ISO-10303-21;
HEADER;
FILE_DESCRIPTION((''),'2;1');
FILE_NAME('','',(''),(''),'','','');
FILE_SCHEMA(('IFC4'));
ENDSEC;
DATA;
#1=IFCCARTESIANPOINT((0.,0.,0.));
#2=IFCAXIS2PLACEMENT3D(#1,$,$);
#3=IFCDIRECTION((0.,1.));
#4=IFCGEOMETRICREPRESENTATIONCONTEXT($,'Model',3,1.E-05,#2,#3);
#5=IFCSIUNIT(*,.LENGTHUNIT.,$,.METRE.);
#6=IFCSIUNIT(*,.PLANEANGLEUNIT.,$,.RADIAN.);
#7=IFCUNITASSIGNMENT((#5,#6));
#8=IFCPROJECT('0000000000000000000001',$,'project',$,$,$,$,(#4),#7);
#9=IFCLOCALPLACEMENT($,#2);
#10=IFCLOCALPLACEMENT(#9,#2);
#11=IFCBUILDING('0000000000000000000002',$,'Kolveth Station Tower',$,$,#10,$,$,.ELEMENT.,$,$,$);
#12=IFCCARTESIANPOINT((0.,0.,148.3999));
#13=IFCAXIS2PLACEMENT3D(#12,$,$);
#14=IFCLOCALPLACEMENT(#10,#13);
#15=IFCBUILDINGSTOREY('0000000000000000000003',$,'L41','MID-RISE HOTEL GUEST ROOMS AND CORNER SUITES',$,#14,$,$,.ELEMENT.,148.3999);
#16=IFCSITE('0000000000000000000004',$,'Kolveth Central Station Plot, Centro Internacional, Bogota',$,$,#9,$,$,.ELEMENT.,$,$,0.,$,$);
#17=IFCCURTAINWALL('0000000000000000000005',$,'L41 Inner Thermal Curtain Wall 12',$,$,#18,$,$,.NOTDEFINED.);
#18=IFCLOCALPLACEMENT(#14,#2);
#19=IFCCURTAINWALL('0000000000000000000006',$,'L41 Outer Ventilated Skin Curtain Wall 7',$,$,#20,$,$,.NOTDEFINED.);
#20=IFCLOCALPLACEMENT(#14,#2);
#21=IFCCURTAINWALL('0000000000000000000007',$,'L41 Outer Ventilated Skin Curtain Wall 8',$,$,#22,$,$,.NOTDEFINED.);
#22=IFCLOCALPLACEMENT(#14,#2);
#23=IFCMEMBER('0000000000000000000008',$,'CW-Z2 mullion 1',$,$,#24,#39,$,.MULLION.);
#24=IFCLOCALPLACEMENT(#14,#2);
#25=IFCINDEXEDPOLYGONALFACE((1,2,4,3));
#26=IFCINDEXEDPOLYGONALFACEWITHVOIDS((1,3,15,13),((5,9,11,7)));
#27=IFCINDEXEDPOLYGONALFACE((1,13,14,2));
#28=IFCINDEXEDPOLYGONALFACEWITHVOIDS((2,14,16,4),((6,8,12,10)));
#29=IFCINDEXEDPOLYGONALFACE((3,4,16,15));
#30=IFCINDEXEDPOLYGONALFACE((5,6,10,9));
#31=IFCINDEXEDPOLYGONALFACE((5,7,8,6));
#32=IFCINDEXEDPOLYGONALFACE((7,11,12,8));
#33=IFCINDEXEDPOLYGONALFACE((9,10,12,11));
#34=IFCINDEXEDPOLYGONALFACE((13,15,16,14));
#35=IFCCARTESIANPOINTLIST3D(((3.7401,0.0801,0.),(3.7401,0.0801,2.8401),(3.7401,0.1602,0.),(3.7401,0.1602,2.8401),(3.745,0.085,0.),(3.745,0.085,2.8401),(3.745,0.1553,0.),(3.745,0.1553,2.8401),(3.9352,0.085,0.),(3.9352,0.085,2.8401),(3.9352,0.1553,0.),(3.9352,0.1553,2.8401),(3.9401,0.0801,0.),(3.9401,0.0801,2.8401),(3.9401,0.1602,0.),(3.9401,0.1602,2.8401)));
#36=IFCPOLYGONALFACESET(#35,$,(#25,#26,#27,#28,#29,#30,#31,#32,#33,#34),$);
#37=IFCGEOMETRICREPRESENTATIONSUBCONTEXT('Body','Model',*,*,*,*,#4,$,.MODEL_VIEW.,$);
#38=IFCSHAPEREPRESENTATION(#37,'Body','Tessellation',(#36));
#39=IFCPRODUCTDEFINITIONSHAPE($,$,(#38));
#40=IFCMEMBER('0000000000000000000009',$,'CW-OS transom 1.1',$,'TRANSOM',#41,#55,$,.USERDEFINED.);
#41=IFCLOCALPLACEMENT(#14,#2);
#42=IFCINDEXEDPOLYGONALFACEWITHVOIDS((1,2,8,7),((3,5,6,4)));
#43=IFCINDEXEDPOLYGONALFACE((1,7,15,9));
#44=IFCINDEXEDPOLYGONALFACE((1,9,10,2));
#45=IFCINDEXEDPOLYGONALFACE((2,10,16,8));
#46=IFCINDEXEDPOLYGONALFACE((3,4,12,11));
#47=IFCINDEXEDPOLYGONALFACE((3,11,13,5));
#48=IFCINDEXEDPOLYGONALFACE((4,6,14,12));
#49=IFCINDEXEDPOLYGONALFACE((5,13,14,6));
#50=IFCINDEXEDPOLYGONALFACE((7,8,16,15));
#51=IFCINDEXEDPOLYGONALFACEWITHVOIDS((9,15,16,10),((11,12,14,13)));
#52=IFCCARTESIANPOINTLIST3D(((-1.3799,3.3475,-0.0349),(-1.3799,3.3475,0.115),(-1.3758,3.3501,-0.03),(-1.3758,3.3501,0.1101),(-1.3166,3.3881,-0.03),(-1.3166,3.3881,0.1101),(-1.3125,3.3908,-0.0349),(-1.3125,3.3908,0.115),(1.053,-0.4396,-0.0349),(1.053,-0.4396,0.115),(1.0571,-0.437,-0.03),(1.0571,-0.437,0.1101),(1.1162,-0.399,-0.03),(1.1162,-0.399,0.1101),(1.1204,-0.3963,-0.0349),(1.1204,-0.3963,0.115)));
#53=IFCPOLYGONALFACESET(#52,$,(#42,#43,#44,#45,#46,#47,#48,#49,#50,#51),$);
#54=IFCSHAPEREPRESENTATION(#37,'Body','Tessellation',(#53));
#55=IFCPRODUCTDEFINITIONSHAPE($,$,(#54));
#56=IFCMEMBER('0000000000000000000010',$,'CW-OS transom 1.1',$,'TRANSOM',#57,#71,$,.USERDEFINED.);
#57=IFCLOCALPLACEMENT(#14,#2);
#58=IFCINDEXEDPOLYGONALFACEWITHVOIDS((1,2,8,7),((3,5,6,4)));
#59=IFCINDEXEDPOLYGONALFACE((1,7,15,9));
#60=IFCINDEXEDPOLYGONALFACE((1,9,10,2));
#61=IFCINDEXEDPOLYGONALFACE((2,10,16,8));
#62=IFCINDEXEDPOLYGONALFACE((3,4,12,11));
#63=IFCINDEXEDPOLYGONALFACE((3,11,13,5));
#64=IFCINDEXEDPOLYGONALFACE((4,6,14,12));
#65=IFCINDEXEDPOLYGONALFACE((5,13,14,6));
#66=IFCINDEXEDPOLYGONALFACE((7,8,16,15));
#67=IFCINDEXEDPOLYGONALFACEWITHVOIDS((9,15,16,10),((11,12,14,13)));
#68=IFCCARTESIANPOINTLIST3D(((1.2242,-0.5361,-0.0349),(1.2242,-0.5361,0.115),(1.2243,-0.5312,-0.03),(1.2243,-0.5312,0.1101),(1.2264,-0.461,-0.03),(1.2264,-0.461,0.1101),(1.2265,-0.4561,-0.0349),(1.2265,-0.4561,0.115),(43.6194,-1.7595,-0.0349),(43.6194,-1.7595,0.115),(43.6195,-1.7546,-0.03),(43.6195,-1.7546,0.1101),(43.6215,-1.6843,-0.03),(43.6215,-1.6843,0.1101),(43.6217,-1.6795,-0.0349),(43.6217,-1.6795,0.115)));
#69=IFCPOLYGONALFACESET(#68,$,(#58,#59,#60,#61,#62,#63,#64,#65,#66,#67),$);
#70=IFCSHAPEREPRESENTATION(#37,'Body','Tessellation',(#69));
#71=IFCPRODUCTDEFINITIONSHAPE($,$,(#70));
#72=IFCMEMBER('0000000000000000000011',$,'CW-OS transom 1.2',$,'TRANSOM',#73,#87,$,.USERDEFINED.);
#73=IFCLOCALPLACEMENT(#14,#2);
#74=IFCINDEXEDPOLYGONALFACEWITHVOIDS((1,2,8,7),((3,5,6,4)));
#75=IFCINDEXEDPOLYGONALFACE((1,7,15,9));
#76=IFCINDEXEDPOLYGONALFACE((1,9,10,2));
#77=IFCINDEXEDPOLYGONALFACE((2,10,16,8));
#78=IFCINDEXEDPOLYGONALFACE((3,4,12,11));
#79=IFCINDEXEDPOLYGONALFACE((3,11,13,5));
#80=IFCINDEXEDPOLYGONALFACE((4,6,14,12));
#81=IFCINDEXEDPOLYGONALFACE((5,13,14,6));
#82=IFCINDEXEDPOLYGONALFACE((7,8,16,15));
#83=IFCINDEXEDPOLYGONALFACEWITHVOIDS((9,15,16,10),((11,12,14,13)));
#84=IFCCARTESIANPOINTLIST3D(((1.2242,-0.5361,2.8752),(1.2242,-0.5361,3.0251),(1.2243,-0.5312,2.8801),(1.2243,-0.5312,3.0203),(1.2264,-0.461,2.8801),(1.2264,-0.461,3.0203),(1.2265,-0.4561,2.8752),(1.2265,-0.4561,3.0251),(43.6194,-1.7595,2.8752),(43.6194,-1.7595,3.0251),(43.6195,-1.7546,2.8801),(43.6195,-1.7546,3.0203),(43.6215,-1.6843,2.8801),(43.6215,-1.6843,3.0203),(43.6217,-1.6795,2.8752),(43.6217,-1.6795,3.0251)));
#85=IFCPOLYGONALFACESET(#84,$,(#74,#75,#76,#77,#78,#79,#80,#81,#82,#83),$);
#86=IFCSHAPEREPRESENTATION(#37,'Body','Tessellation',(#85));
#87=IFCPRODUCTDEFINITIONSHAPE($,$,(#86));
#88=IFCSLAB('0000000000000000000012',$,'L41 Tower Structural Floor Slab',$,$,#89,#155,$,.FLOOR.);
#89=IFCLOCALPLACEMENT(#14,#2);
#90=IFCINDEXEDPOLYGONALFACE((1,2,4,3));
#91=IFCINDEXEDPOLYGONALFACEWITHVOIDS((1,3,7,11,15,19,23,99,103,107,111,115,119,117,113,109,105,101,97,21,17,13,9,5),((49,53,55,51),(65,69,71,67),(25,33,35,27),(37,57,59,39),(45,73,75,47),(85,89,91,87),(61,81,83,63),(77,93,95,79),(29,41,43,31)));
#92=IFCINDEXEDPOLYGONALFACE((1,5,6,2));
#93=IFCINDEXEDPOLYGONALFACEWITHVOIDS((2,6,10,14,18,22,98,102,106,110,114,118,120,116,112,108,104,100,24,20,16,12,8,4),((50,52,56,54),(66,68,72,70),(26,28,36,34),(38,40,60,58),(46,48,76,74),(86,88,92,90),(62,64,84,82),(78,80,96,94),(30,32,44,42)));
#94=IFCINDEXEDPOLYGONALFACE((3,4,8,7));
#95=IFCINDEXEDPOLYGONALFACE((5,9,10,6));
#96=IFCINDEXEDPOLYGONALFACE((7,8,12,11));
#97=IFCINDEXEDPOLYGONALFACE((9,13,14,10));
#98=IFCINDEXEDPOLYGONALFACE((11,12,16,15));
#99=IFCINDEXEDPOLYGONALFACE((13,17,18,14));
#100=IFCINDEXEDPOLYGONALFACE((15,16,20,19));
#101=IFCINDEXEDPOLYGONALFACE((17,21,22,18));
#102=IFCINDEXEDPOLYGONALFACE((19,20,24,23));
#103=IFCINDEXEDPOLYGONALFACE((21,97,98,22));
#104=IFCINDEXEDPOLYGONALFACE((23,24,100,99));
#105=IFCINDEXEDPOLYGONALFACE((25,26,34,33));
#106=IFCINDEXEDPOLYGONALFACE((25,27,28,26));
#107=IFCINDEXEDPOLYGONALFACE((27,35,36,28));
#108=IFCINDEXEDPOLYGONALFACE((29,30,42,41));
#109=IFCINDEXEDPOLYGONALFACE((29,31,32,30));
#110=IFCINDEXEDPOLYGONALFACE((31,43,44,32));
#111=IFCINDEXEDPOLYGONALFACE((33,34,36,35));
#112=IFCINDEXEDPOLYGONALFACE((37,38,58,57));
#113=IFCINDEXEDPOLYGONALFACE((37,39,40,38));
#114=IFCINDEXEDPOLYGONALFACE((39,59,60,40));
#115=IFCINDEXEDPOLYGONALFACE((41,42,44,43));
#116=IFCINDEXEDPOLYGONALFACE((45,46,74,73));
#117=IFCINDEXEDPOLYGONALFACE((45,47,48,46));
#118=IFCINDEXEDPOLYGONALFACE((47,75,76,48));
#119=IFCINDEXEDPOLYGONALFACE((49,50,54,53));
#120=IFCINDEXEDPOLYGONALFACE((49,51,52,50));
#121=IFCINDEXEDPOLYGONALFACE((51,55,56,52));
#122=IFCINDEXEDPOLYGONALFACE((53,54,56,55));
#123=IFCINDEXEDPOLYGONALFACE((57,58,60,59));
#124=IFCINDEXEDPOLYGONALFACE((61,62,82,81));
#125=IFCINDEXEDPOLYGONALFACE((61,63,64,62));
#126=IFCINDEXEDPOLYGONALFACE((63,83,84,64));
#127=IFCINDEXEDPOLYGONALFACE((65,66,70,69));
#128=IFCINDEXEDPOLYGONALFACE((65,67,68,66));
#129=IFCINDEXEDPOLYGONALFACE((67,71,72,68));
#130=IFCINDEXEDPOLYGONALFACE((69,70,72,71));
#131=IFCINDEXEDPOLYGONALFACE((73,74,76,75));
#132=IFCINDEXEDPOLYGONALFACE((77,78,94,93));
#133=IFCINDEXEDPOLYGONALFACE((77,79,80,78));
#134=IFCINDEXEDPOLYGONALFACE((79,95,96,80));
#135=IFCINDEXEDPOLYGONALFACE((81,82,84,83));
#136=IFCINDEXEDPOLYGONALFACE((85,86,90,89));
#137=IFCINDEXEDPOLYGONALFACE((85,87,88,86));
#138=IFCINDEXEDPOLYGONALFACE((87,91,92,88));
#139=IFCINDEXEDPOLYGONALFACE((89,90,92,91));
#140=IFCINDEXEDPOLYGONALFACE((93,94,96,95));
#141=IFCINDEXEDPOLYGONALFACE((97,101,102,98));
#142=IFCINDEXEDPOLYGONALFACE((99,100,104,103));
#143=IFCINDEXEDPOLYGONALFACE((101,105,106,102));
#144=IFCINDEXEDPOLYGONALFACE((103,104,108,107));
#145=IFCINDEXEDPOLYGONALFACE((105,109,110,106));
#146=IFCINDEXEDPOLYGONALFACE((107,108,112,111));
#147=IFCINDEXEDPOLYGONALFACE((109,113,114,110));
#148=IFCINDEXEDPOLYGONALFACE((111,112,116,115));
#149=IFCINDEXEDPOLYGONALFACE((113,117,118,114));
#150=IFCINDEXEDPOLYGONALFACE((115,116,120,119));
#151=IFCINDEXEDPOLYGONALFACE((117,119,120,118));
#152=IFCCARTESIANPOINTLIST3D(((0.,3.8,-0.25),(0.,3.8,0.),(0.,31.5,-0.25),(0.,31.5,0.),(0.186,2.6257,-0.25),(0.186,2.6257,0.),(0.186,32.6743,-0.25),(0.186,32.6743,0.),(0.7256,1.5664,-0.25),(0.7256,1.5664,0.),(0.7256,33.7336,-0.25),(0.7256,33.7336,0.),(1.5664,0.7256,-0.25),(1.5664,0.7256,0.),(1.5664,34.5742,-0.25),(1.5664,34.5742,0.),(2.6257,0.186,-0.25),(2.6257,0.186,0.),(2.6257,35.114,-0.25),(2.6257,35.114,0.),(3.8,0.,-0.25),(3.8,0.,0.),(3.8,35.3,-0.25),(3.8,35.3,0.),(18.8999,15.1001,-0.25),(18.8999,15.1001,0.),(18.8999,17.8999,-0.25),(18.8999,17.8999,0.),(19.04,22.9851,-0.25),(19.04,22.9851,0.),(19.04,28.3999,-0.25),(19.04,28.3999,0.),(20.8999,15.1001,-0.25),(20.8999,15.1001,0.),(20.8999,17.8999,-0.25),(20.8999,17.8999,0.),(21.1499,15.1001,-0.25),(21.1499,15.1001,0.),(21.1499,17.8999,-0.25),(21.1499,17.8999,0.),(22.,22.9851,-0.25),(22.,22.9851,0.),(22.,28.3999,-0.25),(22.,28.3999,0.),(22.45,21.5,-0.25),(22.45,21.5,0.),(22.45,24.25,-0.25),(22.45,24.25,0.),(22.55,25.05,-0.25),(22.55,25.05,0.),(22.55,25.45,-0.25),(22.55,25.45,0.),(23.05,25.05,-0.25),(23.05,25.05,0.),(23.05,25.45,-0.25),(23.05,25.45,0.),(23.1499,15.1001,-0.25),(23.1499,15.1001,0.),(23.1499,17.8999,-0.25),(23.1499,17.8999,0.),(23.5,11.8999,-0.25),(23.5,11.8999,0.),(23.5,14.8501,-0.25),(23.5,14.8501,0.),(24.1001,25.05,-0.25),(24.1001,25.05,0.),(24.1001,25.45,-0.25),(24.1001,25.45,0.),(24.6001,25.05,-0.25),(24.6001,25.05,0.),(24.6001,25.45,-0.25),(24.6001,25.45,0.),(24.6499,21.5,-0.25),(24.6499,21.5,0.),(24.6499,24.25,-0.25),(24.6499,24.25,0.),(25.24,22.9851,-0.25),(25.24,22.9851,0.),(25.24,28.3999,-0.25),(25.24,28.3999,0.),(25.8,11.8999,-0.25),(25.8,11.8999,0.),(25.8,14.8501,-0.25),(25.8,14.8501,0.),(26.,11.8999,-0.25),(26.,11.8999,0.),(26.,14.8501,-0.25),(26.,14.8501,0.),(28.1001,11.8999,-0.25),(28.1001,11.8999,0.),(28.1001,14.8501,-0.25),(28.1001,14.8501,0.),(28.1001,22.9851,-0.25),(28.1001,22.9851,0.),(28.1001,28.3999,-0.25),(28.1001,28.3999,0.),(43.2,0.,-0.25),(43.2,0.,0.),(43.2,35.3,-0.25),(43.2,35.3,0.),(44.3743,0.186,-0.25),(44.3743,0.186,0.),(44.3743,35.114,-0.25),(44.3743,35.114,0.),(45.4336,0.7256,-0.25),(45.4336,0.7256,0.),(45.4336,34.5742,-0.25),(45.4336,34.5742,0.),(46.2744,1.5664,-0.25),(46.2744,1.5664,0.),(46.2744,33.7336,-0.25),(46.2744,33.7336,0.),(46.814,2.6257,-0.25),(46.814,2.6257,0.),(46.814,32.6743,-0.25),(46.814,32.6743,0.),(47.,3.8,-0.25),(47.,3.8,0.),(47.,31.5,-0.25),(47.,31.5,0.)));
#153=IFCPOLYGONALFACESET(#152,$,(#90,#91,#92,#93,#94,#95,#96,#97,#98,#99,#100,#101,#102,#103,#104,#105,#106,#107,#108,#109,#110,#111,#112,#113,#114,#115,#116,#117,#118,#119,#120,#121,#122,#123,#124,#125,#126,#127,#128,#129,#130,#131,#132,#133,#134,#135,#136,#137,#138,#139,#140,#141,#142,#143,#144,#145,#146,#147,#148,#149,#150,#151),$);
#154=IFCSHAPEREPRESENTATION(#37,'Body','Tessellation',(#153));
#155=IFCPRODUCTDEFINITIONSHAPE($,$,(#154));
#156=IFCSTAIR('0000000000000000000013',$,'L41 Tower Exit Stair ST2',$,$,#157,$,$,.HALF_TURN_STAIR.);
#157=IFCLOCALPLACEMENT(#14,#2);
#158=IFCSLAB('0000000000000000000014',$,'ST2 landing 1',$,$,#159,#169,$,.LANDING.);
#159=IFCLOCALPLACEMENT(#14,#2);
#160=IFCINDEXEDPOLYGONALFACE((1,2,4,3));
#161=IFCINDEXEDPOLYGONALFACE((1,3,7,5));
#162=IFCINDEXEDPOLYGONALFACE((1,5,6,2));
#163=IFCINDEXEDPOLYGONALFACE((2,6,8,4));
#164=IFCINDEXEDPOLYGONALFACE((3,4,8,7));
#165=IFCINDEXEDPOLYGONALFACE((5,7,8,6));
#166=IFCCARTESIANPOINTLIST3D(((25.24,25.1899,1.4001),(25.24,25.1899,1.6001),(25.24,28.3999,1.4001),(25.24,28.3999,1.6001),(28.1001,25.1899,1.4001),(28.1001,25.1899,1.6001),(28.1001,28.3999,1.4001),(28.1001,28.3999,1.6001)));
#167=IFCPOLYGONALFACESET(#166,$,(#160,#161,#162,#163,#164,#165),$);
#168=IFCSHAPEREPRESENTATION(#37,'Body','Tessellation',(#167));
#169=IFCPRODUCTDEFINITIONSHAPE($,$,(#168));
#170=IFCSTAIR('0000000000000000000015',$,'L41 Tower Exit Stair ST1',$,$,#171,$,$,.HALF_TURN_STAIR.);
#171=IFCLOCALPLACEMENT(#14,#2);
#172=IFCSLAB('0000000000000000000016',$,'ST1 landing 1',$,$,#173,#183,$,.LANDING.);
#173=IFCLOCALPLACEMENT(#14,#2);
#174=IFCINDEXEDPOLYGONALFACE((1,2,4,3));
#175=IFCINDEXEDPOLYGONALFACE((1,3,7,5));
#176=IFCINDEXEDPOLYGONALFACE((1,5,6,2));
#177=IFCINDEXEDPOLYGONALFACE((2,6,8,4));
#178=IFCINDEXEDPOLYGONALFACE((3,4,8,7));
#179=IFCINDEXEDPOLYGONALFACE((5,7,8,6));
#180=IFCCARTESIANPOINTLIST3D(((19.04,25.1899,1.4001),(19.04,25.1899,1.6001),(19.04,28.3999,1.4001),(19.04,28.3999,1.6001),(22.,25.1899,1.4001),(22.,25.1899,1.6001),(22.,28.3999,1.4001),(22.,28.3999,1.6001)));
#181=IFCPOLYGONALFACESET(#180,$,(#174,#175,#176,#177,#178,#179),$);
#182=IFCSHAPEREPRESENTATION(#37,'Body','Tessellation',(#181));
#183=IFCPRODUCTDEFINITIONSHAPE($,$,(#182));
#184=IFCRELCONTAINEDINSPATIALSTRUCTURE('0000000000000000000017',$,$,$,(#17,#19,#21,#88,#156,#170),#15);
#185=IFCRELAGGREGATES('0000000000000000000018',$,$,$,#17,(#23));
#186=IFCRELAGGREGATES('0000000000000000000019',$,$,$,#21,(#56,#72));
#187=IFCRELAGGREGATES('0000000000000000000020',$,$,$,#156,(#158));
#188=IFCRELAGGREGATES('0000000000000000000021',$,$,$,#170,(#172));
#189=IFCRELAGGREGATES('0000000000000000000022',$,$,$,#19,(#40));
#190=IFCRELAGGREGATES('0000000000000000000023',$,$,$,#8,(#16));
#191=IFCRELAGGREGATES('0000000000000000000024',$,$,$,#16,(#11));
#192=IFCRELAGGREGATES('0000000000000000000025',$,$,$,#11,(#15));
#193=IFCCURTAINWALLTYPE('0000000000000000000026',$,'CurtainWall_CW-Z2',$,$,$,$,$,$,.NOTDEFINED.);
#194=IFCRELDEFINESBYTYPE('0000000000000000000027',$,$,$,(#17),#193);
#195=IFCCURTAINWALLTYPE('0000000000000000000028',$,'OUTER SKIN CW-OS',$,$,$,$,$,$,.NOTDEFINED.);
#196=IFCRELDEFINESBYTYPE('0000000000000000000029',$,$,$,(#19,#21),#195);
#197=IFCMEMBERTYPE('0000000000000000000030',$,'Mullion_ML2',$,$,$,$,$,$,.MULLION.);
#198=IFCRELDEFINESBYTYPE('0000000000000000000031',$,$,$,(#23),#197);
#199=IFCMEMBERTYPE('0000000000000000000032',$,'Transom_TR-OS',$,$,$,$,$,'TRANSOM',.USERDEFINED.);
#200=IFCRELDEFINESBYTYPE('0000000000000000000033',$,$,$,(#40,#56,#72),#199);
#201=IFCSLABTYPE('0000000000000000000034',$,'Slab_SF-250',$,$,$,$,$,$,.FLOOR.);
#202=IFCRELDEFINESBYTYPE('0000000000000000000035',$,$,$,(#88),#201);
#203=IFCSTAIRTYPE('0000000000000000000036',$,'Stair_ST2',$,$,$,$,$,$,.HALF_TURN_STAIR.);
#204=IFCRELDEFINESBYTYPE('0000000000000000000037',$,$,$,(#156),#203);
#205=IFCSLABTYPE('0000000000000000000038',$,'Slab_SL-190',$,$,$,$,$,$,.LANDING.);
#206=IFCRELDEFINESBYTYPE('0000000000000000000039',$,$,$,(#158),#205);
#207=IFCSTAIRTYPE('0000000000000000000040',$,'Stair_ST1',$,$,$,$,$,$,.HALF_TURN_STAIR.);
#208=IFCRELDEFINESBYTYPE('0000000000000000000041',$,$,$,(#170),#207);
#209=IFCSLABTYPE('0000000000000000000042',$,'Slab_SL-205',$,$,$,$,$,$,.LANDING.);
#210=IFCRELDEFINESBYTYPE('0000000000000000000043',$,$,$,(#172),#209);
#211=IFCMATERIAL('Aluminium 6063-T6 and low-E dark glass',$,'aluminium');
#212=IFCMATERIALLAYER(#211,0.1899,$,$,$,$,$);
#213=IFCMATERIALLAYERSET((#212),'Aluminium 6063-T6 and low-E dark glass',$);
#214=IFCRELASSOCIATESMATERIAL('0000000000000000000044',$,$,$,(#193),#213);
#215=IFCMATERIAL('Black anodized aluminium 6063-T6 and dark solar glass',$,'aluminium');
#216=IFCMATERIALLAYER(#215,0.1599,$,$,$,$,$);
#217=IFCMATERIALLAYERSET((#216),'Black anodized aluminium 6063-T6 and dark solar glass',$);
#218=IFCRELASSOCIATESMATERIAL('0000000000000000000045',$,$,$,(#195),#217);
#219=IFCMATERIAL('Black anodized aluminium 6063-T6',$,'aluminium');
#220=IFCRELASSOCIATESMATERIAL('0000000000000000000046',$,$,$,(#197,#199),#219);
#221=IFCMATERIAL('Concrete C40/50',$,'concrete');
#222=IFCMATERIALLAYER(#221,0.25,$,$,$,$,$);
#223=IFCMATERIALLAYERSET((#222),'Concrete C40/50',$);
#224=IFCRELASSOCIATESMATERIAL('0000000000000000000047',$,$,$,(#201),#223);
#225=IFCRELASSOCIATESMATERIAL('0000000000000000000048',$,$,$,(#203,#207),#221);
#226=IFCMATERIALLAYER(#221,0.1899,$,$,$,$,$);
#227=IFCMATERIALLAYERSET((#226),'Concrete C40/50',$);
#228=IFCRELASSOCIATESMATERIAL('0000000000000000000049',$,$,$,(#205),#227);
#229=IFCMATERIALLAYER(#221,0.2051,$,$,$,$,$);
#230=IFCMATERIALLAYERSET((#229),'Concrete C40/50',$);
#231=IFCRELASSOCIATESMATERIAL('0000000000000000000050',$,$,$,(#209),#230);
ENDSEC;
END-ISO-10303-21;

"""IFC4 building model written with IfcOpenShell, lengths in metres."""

from ifc_helpers import new_model, si_unit, direction, frame, origin, origin_2d, place, context, subcontext, project, spatial, polyline, hollow_rectangle, outline, extrude, source, transform, mapped, material, layer, layer_set, material_profile, profile_set, type_object, element, aggregate, save


model = new_model("IFC4")

# Units and contexts
model_context = context("Model", 3, precision=1e-05, world=origin(), true_north=direction((0.0, 1.0)))
body_context = subcontext(model_context, "Body", "Model", "MODEL_VIEW")
ifc_project = project(units=[si_unit("LENGTHUNIT", "METRE"), si_unit("PLANEANGLEUNIT", "RADIAN")], contexts=[model_context])

# Site, building, storey
site_placement = place(None, origin())
site = spatial("IfcSite", under=ifc_project, at=site_placement, Name="Kolveth Central Station Plot, Centro Internacional, Bogota", CompositionType="ELEMENT", RefElevation=0.0)
building_placement = place(site_placement, origin())
building = spatial("IfcBuilding", under=site, at=building_placement, Name="Kolveth Station Tower", CompositionType="ELEMENT")
storey_placement = place(building_placement, frame((0.0, 0.0, 148.3999)))
storey = spatial("IfcBuildingStorey", under=building, at=storey_placement, Name="L41", Description="MID-RISE HOTEL GUEST ROOMS AND CORNER SUITES", CompositionType="ELEMENT", Elevation=148.3999)

# Curtain wall
ifc_material_1 = material(Name="Aluminium 6063-T6 and low-E dark glass", Category="aluminium")
ifc_layer_1 = layer(ifc_material_1, 0.1899)
ifc_layer_set_1 = layer_set([ifc_layer_1], Name="Aluminium 6063-T6 and low-E dark glass")
curtain_wall_type_1 = type_object("IfcCurtainWallType", Name="CurtainWall_CW-Z2", PredefinedType="NOTDEFINED", material=ifc_layer_set_1)
ifc_material_2 = material(Name="Black anodized aluminium 6063-T6", Category="aluminium")
curtain_wall_1_placement = place(storey_placement, origin())
curtain_wall_1 = element("IfcCurtainWall", 1, at=curtain_wall_1_placement, inside=storey, type_object=curtain_wall_type_1, Name="L41 Inner Thermal Curtain Wall 12", PredefinedType="NOTDEFINED")

# Curtain walls
ifc_material_3 = material(Name="Black anodized aluminium 6063-T6 and dark solar glass", Category="aluminium")
ifc_layer_2 = layer(ifc_material_3, 0.1599)
ifc_layer_set_2 = layer_set([ifc_layer_2], Name="Black anodized aluminium 6063-T6 and dark solar glass")
curtain_wall_type_2 = type_object("IfcCurtainWallType", Name="OUTER SKIN CW-OS", PredefinedType="NOTDEFINED", material=ifc_layer_set_2)
curtain_wall_2_placement = place(storey_placement, origin())
curtain_wall_2 = element("IfcCurtainWall", 2, at=curtain_wall_2_placement, inside=storey, type_object=curtain_wall_type_2, Name="L41 Outer Ventilated Skin Curtain Wall 7", PredefinedType="NOTDEFINED")
curtain_wall_3_placement = place(storey_placement, origin())
curtain_wall_3 = element("IfcCurtainWall", 3, at=curtain_wall_3_placement, inside=storey, type_object=curtain_wall_type_2, Name="L41 Outer Ventilated Skin Curtain Wall 8", PredefinedType="NOTDEFINED")
ifc_material_profile_1 = material_profile(ifc_material_2, hollow_rectangle(XDim=0.0801, YDim=0.2, WallThickness=0.0049, at=origin_2d()), Name="ALU-80x200x5")
ifc_profile_set_1 = profile_set([ifc_material_profile_1], Name="Black anodized aluminium 6063-T6")
member_type_1 = type_object("IfcMemberType", Name="Mullion_ML2", PredefinedType="MULLION", material=ifc_profile_set_1)
shared_shape_1 = source(origin(), body_context, "Body", "SweptSolid", [
    extrude(hollow_rectangle(XDim=0.0801, YDim=0.2, WallThickness=0.0049, at=origin_2d()), origin(), (0.0, 0.0, 1.0), 2.8401),
])

# Members
member_1_placement = place(storey_placement, frame((3.8401, 0.1201, 0.0), z_axis=(0.0, 0.0, 1.0), x_axis=(0.0, 1.0, 0.0)))
member_1 = element("IfcMember", 4, at=member_1_placement, type_object=member_type_1, Name="CW-Z2 mullion 1", PredefinedType="MULLION", context=body_context, shape_type="MappedRepresentation", body=[
    mapped(shared_shape_1, transform((0.0, 0.0, 0.0), x_axis=(1.0, 0.0, 0.0), y_axis=(0.0, 1.0, 0.0), z_axis=(0.0, 0.0, 1.0), scale=1.0)),
])
aggregate(curtain_wall_1, [member_1])
ifc_material_profile_2 = material_profile(ifc_material_2, hollow_rectangle(XDim=0.0801, YDim=0.1499, WallThickness=0.0049, at=origin_2d()), Name="ALU-80x150x5")
ifc_profile_set_2 = profile_set([ifc_material_profile_2], Name="Black anodized aluminium 6063-T6")
member_type_2 = type_object("IfcMemberType", Name="Transom_TR-OS", ElementType="TRANSOM", PredefinedType="USERDEFINED", material=ifc_profile_set_2)
shared_shape_2 = source(origin(), body_context, "Body", "SweptSolid", [
    extrude(hollow_rectangle(XDim=0.0801, YDim=0.1499, WallThickness=0.0049, at=origin_2d()), origin(), (0.0, 0.0, 1.0), 4.5012),
])
member_2_placement = place(storey_placement, frame((-1.3462, 3.3691, 0.04), z_axis=(0.540489, -0.841351, 0.0), x_axis=(0.841351, 0.540489, 0.0)))
member_2 = element("IfcMember", 5, at=member_2_placement, type_object=member_type_2, Name="CW-OS transom 1.1", ObjectType="TRANSOM", PredefinedType="USERDEFINED", context=body_context, shape_type="MappedRepresentation", body=[
    mapped(shared_shape_2, transform((0.0, 0.0, 0.0), x_axis=(1.0, 0.0, 0.0), y_axis=(0.0, 1.0, 0.0), z_axis=(0.0, 0.0, 1.0), scale=1.0)),
])
shared_shape_3 = source(origin(), body_context, "Body", "SweptSolid", [
    extrude(hollow_rectangle(XDim=0.0801, YDim=0.1499, WallThickness=0.0049, at=origin_2d()), origin(), (0.0, 0.0, 1.0), 42.4128),
])
member_3_placement = place(storey_placement, frame((1.2253, -0.4961, 0.04), z_axis=(0.999584, -0.028845, 0.0), x_axis=(0.028845, 0.999584, 0.0)))
member_3 = element("IfcMember", 6, at=member_3_placement, type_object=member_type_2, Name="CW-OS transom 1.1", ObjectType="TRANSOM", PredefinedType="USERDEFINED", context=body_context, shape_type="MappedRepresentation", body=[
    mapped(shared_shape_3, transform((0.0, 0.0, 0.0), x_axis=(1.0, 0.0, 0.0), y_axis=(0.0, 1.0, 0.0), z_axis=(0.0, 0.0, 1.0), scale=1.0)),
])
member_4_placement = place(storey_placement, frame((1.2253, -0.4961, 2.9502), z_axis=(0.999584, -0.028845, 0.0), x_axis=(0.028845, 0.999584, 0.0)))
member_4 = element("IfcMember", 7, at=member_4_placement, type_object=member_type_2, Name="CW-OS transom 1.2", ObjectType="TRANSOM", PredefinedType="USERDEFINED", context=body_context, shape_type="MappedRepresentation", body=[
    mapped(shared_shape_3, transform((0.0, 0.0, 0.0), x_axis=(1.0, 0.0, 0.0), y_axis=(0.0, 1.0, 0.0), z_axis=(0.0, 0.0, 1.0), scale=1.0)),
])
aggregate(curtain_wall_3, [member_3, member_4])

# Slab
ifc_material_4 = material(Name="Concrete C40/50", Category="concrete")
ifc_layer_3 = layer(ifc_material_4, 0.25)
ifc_layer_set_3 = layer_set([ifc_layer_3], Name="Concrete C40/50")
slab_type_1 = type_object("IfcSlabType", Name="Slab_SF-250", PredefinedType="FLOOR", material=ifc_layer_set_3)
slab_1_placement = place(storey_placement, frame((0.0, 0.0, -0.25)))
element("IfcSlab", 8, at=slab_1_placement, inside=storey, type_object=slab_type_1, Name="L41 Tower Structural Floor Slab", PredefinedType="FLOOR", context=body_context, shape_type="SweptSolid", body=[
    extrude(outline(polyline([(43.2, 0.0), (44.3743, 0.186), (45.4336, 0.7256), (46.2744, 1.5664), (46.814, 2.6257), (47.0, 3.8), (47.0, 31.5), (46.814, 32.6743), (46.2744, 33.7336), (45.4336, 34.5742), (44.3743, 35.114), (43.2, 35.3), (3.8, 35.3), (2.6257, 35.114), (1.5664, 34.5742), (0.7256, 33.7336), (0.186, 32.6743), (0.0, 31.5), (0.0, 3.8), (0.186, 2.6257), (0.7256, 1.5664), (1.5664, 0.7256), (2.6257, 0.186), (3.8, 0.0), (43.2, 0.0)]), holes=[polyline([(19.04, 22.9851), (22.0, 22.9851), (22.0, 28.3999), (19.04, 28.3999), (19.04, 22.9851)]), polyline([(25.24, 22.9851), (28.1001, 22.9851), (28.1001, 28.3999), (25.24, 28.3999), (25.24, 22.9851)]), polyline([(18.8999, 15.1001), (20.8999, 15.1001), (20.8999, 17.8999), (18.8999, 17.8999), (18.8999, 15.1001)]), polyline([(21.1499, 15.1001), (23.1499, 15.1001), (23.1499, 17.8999), (21.1499, 17.8999), (21.1499, 15.1001)]), polyline([(22.45, 21.5), (24.6499, 21.5), (24.6499, 24.25), (22.45, 24.25), (22.45, 21.5)]), polyline([(23.5, 11.8999), (25.8, 11.8999), (25.8, 14.8501), (23.5, 14.8501), (23.5, 11.8999)]), polyline([(26.0, 11.8999), (28.1001, 11.8999), (28.1001, 14.8501), (26.0, 14.8501), (26.0, 11.8999)]), polyline([(22.55, 25.05), (23.05, 25.05), (23.05, 25.45), (22.55, 25.45), (22.55, 25.05)]), polyline([(24.1001, 25.05), (24.6001, 25.05), (24.6001, 25.45), (24.1001, 25.45), (24.1001, 25.05)])]), origin(), (0.0, 0.0, 1.0), 0.25),
])

# Stairs, slabs
stair_type_1 = type_object("IfcStairType", Name="Stair_ST2", PredefinedType="HALF_TURN_STAIR", material=ifc_material_4)
stair_1_placement = place(storey_placement, origin())
stair_1 = element("IfcStair", 9, at=stair_1_placement, inside=storey, type_object=stair_type_1, Name="L41 Tower Exit Stair ST2", PredefinedType="HALF_TURN_STAIR")
ifc_layer_4 = layer(ifc_material_4, 0.1899)
ifc_layer_set_4 = layer_set([ifc_layer_4], Name="Concrete C40/50")
slab_type_2 = type_object("IfcSlabType", Name="Slab_SL-190", PredefinedType="LANDING", material=ifc_layer_set_4)
slab_2_placement = place(storey_placement, frame((0.0, 0.0, 1.4001)))
slab_2 = element("IfcSlab", 10, at=slab_2_placement, type_object=slab_type_2, Name="ST2 landing 1", PredefinedType="LANDING", context=body_context, shape_type="SweptSolid", body=[
    extrude(outline(polyline([(28.1001, 25.1899), (28.1001, 28.3999), (25.24, 28.3999), (25.24, 25.1899), (28.1001, 25.1899)])), origin(), (0.0, 0.0, 1.0), 0.2),
])
aggregate(stair_1, [slab_2])
stair_type_2 = type_object("IfcStairType", Name="Stair_ST1", PredefinedType="HALF_TURN_STAIR", material=ifc_material_4)
stair_2_placement = place(storey_placement, origin())
stair_2 = element("IfcStair", 11, at=stair_2_placement, inside=storey, type_object=stair_type_2, Name="L41 Tower Exit Stair ST1", PredefinedType="HALF_TURN_STAIR")
ifc_layer_5 = layer(ifc_material_4, 0.2051)
ifc_layer_set_5 = layer_set([ifc_layer_5], Name="Concrete C40/50")
slab_type_3 = type_object("IfcSlabType", Name="Slab_SL-205", PredefinedType="LANDING", material=ifc_layer_set_5)
slab_3_placement = place(storey_placement, frame((0.0, 0.0, 1.4001)))
slab_3 = element("IfcSlab", 12, at=slab_3_placement, type_object=slab_type_3, Name="ST1 landing 1", PredefinedType="LANDING", context=body_context, shape_type="SweptSolid", body=[
    extrude(outline(polyline([(22.0, 25.1899), (22.0, 28.3999), (19.04, 28.3999), (19.04, 25.1899), (22.0, 25.1899)])), origin(), (0.0, 0.0, 1.0), 0.2),
])
aggregate(stair_2, [slab_3])

aggregate(curtain_wall_2, [member_2])

save(model, "model.ifc")
